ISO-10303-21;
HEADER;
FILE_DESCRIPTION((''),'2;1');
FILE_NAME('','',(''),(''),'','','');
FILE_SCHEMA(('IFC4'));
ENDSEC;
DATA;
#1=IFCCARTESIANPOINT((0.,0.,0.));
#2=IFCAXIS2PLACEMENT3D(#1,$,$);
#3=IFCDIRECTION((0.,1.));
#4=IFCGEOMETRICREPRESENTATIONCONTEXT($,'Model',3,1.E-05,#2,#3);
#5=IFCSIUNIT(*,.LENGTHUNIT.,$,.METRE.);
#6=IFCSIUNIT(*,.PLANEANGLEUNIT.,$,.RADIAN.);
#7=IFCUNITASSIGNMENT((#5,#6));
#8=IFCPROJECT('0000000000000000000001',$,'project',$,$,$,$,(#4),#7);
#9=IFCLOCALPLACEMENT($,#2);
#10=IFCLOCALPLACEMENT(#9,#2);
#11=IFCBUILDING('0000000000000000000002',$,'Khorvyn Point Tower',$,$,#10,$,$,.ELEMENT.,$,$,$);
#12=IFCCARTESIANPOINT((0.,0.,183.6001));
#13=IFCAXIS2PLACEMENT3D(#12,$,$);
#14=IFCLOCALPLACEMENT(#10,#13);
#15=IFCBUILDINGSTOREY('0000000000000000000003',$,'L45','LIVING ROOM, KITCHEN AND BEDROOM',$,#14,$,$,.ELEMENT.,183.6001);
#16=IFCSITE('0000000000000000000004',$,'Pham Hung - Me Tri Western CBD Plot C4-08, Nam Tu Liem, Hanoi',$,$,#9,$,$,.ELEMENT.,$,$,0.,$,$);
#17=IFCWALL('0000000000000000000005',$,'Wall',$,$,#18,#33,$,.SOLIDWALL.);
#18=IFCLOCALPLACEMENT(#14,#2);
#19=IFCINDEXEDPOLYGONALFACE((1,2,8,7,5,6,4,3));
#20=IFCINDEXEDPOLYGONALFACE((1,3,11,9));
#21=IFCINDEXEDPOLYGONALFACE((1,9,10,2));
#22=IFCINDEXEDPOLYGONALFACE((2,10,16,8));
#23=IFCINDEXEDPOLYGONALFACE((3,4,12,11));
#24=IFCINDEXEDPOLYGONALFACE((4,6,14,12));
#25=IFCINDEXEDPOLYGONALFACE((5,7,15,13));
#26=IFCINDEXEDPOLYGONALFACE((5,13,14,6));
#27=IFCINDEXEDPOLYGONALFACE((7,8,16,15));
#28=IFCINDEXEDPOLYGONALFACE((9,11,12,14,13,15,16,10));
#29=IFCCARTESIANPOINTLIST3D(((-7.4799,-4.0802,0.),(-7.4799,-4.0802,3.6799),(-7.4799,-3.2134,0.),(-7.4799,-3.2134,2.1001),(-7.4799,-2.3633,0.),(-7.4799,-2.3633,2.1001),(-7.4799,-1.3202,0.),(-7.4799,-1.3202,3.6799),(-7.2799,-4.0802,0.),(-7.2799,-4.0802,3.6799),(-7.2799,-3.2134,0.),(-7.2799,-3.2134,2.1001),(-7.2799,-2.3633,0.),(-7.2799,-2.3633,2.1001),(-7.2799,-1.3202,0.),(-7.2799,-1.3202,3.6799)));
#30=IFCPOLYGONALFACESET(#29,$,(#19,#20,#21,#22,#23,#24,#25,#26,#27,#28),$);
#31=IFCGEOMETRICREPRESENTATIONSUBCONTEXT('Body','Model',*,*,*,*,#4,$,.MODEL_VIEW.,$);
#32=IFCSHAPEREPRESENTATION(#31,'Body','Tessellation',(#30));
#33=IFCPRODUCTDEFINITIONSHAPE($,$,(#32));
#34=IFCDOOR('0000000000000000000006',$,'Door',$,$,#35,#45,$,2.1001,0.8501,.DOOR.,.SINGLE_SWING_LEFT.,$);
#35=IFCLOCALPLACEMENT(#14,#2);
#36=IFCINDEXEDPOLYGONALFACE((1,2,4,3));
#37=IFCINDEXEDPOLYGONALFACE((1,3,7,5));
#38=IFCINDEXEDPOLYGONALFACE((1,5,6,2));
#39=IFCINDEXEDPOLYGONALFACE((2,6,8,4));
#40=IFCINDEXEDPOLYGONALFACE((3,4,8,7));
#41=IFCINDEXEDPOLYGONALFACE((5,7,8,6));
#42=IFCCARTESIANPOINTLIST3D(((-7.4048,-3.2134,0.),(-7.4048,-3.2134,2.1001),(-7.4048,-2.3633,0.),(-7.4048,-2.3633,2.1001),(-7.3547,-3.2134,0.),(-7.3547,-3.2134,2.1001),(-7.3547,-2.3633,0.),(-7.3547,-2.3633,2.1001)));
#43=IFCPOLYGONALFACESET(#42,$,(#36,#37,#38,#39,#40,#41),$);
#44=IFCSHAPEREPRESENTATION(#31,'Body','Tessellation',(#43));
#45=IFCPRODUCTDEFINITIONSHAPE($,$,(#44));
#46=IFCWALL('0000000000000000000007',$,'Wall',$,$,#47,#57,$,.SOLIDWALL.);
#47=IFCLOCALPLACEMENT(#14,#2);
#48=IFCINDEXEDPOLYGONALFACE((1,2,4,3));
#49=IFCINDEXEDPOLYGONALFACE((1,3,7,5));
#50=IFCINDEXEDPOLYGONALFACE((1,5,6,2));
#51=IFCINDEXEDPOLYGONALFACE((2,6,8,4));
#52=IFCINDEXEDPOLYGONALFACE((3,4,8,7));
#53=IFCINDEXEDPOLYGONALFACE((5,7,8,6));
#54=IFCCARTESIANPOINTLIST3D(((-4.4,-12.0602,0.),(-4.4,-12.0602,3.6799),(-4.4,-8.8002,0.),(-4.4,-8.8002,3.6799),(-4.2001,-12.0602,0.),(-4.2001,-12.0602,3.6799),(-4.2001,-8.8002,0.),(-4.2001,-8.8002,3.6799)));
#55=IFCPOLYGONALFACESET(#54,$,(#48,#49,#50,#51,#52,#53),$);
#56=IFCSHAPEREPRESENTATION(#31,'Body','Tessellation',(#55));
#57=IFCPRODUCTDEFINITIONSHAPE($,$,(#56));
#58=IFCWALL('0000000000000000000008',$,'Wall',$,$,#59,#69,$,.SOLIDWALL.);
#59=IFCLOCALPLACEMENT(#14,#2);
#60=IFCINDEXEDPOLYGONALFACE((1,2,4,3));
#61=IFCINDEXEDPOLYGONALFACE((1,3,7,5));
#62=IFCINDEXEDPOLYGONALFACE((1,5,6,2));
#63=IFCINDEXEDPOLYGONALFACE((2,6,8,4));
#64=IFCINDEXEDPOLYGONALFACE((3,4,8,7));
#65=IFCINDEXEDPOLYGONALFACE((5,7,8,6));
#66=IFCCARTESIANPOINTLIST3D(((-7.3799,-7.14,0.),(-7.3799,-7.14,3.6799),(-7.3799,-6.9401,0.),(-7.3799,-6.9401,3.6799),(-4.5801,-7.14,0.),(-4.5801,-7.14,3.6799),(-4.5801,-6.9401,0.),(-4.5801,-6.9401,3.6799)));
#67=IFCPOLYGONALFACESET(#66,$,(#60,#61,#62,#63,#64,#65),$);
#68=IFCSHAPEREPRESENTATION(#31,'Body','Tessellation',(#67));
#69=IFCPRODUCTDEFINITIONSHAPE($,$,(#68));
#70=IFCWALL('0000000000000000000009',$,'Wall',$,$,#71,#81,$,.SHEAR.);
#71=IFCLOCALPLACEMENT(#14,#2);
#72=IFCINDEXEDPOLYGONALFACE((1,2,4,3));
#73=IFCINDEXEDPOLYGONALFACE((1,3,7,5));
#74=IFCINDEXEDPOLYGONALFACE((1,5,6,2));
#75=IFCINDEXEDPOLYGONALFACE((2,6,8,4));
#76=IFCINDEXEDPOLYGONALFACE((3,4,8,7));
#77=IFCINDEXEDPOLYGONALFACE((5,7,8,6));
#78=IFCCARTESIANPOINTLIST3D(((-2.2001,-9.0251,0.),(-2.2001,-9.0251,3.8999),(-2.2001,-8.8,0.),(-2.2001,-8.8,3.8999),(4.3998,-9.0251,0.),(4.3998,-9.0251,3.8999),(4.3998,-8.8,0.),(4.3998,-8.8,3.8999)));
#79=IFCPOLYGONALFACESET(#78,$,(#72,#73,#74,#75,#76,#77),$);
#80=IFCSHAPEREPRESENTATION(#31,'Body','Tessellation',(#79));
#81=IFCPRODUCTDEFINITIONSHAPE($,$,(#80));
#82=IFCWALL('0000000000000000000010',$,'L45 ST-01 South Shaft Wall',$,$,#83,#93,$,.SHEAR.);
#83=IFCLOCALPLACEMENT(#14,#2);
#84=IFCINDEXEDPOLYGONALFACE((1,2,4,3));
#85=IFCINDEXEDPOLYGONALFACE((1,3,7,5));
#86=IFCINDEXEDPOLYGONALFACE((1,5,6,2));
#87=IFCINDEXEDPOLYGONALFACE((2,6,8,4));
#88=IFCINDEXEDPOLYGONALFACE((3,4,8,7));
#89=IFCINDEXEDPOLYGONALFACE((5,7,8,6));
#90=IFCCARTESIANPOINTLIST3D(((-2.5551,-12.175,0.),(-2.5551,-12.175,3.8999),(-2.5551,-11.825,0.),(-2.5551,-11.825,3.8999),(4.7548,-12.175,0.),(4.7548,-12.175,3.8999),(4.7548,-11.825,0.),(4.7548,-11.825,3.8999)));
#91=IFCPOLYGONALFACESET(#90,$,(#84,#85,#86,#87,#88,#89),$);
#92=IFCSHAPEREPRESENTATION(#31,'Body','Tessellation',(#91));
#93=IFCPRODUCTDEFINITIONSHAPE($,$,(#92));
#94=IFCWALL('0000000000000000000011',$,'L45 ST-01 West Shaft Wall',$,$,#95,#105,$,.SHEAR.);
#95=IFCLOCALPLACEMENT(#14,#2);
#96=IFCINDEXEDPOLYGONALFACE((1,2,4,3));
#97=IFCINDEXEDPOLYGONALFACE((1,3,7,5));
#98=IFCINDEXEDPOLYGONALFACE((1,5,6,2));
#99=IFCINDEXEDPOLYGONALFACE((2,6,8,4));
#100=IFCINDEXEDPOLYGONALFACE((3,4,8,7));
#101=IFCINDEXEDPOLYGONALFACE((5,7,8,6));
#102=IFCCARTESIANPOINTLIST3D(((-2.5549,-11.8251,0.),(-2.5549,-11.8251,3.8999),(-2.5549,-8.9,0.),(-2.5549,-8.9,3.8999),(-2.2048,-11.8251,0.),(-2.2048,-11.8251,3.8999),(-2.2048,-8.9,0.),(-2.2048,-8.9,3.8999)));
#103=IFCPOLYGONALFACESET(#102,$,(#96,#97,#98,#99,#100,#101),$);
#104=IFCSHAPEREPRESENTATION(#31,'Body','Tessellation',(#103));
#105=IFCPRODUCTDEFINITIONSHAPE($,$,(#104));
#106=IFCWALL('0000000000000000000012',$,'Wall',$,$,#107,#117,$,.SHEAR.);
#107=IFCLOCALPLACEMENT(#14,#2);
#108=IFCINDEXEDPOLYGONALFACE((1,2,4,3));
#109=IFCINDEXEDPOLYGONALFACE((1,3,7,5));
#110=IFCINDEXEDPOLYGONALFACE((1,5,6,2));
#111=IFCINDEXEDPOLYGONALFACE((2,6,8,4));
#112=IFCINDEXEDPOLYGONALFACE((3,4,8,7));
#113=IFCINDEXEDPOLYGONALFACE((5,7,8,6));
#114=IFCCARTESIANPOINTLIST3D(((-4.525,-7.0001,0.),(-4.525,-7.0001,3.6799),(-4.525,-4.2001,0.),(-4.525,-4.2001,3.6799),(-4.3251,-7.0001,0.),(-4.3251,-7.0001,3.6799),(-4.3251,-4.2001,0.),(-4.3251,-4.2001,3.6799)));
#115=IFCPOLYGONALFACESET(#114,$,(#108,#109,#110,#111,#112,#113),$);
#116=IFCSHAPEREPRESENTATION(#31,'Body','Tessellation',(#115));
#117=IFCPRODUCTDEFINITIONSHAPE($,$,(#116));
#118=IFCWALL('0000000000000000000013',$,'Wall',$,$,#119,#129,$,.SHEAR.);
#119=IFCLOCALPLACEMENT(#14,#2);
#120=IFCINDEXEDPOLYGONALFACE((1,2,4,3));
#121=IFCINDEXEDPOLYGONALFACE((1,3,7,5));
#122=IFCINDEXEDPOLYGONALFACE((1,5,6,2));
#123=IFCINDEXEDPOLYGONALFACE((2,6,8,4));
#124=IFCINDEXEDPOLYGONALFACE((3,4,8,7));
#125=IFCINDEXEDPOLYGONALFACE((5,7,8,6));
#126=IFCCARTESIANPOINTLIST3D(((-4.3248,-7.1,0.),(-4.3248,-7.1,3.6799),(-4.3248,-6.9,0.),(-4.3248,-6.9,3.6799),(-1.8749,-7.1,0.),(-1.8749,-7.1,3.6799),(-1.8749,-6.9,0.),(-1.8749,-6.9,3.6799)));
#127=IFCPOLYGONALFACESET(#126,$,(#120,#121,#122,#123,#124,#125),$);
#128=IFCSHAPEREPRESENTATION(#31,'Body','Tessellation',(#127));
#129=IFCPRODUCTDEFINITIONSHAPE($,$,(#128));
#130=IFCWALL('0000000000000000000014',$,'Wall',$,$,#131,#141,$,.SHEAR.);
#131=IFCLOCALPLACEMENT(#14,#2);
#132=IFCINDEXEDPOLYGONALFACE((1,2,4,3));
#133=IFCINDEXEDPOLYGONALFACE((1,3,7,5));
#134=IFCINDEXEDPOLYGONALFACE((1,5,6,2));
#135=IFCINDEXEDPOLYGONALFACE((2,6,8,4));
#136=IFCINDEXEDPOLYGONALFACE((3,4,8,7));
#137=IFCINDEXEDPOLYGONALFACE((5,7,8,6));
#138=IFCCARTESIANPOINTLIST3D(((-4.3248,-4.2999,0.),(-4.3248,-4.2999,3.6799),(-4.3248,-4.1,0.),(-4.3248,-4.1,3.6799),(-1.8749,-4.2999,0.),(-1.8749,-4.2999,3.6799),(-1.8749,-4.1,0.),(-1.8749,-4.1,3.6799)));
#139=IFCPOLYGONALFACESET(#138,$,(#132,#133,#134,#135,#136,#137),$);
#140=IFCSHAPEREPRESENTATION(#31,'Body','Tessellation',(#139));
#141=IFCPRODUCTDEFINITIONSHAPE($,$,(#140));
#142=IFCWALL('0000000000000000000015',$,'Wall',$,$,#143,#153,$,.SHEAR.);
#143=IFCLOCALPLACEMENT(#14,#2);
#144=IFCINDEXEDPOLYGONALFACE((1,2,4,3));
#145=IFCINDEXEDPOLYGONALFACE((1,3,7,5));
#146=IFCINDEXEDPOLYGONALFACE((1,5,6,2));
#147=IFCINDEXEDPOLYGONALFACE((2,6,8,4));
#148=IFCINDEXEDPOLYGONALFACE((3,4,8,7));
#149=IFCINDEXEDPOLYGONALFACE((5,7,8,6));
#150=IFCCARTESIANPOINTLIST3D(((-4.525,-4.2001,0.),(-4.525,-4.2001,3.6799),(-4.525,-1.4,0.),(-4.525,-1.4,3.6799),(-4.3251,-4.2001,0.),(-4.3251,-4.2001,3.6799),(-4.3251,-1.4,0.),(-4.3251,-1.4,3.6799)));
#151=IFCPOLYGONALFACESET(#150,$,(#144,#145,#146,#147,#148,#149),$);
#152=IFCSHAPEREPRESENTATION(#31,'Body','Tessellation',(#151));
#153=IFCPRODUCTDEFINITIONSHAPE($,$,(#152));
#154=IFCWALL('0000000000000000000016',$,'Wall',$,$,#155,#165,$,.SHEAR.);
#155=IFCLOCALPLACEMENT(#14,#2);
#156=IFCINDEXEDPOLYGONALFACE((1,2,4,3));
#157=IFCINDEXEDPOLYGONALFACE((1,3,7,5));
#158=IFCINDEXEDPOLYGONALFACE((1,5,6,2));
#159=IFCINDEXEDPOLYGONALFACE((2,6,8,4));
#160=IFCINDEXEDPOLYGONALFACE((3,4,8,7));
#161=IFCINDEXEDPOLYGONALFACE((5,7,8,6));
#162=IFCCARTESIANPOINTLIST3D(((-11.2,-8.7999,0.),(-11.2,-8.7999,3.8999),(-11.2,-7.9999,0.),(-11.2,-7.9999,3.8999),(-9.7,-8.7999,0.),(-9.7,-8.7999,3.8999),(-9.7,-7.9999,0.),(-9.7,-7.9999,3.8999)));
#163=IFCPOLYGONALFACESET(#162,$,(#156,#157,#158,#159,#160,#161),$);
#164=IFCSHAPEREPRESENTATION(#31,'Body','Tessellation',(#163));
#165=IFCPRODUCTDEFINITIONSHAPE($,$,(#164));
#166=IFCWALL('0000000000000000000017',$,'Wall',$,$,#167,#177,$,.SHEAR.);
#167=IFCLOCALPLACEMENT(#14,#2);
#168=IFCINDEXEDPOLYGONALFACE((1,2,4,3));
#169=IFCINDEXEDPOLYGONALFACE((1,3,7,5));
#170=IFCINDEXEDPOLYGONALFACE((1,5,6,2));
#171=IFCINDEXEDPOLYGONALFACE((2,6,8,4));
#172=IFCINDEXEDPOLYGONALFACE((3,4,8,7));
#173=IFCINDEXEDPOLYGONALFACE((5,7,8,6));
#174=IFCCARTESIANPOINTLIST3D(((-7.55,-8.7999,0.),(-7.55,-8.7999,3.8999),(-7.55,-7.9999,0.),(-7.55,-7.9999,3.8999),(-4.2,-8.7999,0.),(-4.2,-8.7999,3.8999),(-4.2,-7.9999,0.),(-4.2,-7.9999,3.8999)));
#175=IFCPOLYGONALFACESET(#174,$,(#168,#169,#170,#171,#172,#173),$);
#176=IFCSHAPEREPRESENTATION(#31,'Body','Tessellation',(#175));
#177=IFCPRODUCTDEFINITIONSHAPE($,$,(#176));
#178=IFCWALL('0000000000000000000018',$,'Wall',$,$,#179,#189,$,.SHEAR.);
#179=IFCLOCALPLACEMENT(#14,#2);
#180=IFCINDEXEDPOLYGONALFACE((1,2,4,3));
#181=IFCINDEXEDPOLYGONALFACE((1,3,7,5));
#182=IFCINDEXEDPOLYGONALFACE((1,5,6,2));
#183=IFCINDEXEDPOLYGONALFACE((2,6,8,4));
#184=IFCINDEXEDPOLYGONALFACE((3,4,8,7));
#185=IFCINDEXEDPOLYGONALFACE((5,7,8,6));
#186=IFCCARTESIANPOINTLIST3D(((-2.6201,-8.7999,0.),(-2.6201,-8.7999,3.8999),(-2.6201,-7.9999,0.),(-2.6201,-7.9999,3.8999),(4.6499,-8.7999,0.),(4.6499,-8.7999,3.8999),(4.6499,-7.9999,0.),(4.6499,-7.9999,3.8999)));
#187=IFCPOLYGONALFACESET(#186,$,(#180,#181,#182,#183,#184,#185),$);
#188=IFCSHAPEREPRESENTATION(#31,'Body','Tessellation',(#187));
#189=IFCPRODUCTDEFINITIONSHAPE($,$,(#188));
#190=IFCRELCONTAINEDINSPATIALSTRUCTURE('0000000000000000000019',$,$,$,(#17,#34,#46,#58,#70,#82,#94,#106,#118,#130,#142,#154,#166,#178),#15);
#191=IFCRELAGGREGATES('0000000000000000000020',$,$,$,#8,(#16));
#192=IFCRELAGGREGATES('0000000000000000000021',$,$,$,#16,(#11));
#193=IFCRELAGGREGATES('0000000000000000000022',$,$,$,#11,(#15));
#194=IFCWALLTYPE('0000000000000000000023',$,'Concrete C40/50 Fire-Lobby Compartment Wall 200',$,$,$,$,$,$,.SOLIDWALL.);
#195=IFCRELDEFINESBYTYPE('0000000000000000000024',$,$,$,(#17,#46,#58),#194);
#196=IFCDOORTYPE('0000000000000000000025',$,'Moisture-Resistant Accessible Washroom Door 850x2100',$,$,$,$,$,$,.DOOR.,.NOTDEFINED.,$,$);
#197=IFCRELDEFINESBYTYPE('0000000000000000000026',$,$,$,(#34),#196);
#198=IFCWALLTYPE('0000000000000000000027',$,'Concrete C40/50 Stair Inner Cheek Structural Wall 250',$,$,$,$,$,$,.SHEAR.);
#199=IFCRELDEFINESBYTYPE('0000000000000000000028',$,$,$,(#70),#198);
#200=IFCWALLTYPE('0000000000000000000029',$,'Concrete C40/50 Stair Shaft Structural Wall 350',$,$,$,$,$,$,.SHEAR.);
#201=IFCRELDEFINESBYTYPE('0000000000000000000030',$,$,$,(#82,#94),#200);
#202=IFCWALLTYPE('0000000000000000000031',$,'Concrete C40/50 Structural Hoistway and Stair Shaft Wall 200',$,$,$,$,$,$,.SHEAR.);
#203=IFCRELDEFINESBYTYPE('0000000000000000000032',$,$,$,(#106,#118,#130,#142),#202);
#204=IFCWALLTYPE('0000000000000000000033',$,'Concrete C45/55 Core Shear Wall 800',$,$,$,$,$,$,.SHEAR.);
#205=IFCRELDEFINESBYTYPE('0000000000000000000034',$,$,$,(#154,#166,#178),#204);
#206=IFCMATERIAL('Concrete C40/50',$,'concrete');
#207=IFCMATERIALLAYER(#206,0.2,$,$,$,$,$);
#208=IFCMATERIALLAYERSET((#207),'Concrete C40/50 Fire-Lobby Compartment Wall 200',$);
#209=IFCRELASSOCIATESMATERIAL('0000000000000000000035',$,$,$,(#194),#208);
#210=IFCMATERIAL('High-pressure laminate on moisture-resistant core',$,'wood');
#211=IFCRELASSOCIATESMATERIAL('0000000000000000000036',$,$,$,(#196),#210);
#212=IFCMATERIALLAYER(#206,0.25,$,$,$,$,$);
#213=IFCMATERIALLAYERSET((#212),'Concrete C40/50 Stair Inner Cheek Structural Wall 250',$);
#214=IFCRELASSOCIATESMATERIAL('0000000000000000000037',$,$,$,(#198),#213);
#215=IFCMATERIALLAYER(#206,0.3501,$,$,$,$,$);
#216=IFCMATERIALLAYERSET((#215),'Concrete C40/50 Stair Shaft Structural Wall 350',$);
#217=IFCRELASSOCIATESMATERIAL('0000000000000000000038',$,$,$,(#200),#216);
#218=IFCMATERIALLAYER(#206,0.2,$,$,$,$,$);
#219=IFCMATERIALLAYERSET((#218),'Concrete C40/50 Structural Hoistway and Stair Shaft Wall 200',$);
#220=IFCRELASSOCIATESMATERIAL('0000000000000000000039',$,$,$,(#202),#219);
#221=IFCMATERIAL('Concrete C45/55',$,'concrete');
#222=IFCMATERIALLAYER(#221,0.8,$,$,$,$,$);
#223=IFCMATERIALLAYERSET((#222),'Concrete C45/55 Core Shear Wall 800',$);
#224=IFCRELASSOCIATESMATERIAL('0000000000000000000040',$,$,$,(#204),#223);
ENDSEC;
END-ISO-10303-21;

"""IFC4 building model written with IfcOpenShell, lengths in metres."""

from ifc_helpers import new_model, si_unit, direction, frame, frame_2d, origin, place, context, subcontext, project, spatial, rectangle, extrude, material, layer, layer_set, type_object, element, fill, save


model = new_model("IFC4")

# Units and contexts
model_context = context("Model", 3, precision=1e-05, world=origin(), true_north=direction((0.0, 1.0)))
body_context = subcontext(model_context, "Body", "Model", "MODEL_VIEW")
ifc_project = project(units=[si_unit("LENGTHUNIT", "METRE"), si_unit("PLANEANGLEUNIT", "RADIAN")], contexts=[model_context])

# Site, building, storey
site_placement = place(None, origin())
site = spatial("IfcSite", under=ifc_project, at=site_placement, Name="Pham Hung - Me Tri Western CBD Plot C4-08, Nam Tu Liem, Hanoi", CompositionType="ELEMENT", RefElevation=0.0)
building_placement = place(site_placement, origin())
building = spatial("IfcBuilding", under=site, at=building_placement, Name="Khorvyn Point Tower", CompositionType="ELEMENT")
storey_placement = place(building_placement, frame((0.0, 0.0, 183.6001)))
storey = spatial("IfcBuildingStorey", under=building, at=storey_placement, Name="L45", Description="LIVING ROOM, KITCHEN AND BEDROOM", CompositionType="ELEMENT", Elevation=183.6001)

# Shared definitions
ifc_material_1 = material(Name="Concrete C40/50", Category="concrete")
ifc_material_2 = material(Name="Concrete C45/55", Category="concrete")

# Wall, opening, door
ifc_layer_1 = layer(ifc_material_1, 0.2)
ifc_layer_set_1 = layer_set([ifc_layer_1], Name="Concrete C40/50 Fire-Lobby Compartment Wall 200")
wall_type_1 = type_object("IfcWallType", Name="Concrete C40/50 Fire-Lobby Compartment Wall 200", PredefinedType="SOLIDWALL", material=ifc_layer_set_1)
wall_1_placement = place(storey_placement, frame((-7.3799, -4.0801, 0.0), z_axis=(0.0, 0.0, 1.0), x_axis=(0.0, 1.0, 0.0)))
wall_1 = element("IfcWall", 1, at=wall_1_placement, inside=storey, type_object=wall_type_1, Name="Wall", PredefinedType="SOLIDWALL", context=body_context, shape_type="SweptSolid", body=[
    extrude(rectangle(XDim=2.76, YDim=0.2, at=frame_2d((1.3799, 0.0))), origin(), (0.0, 0.0, 1.0), 3.6799),
])
opening_1_placement = place(wall_1_placement, frame((0.8667, 0.0, 0.0)))
opening_1 = element("IfcOpeningElement", 2, at=opening_1_placement, cuts=wall_1, PredefinedType="OPENING", context=body_context, shape_type="SweptSolid", body=[
    extrude(rectangle(XDim=0.8501, YDim=2.1001, at=frame_2d((0.425, 1.05))), frame((0.0, 0.1099, 0.0), z_axis=(0.0, -1.0, 0.0), x_axis=(1.0, 0.0, 0.0)), (0.0, 0.0, 1.0), 0.22),
])
ifc_material_3 = material(Name="High-pressure laminate on moisture-resistant core", Category="wood")
door_type_1 = type_object("IfcDoorType", Name="Moisture-Resistant Accessible Washroom Door 850x2100", OperationType="NOTDEFINED", PredefinedType="DOOR", material=ifc_material_3)
door_1_placement = place(opening_1_placement, origin())
door_1 = element("IfcDoor", 3, at=door_1_placement, inside=storey, type_object=door_type_1, Name="Door", OperationType="SINGLE_SWING_LEFT", OverallHeight=2.1001, OverallWidth=0.8501, PredefinedType="DOOR", context=body_context, shape_type="SweptSolid", body=[
    extrude(rectangle(XDim=0.8501, YDim=2.1001, at=frame_2d((0.425, 1.05))), frame((0.0, 0.0249, 0.0), z_axis=(0.0, -1.0, 0.0), x_axis=(1.0, 0.0, 0.0)), (0.0, 0.0, 1.0), 0.05),
])
fill(opening_1, door_1)

# Walls
wall_2_placement = place(storey_placement, frame((-4.3, -12.0601, 0.0), z_axis=(0.0, 0.0, 1.0), x_axis=(0.0, 1.0, 0.0)))
element("IfcWall", 4, at=wall_2_placement, inside=storey, type_object=wall_type_1, Name="Wall", PredefinedType="SOLIDWALL", context=body_context, shape_type="SweptSolid", body=[
    extrude(rectangle(XDim=3.26, YDim=0.2, at=frame_2d((1.6299, 0.0))), origin(), (0.0, 0.0, 1.0), 3.6799),
])
wall_3_placement = place(storey_placement, frame((-7.3799, -7.04, 0.0), z_axis=(0.0, 0.0, 1.0), x_axis=(1.0, 0.0, 0.0)))
element("IfcWall", 5, at=wall_3_placement, inside=storey, type_object=wall_type_1, Name="Wall", PredefinedType="SOLIDWALL", context=body_context, shape_type="SweptSolid", body=[
    extrude(rectangle(XDim=2.7998, YDim=0.2, at=frame_2d((1.3999, 0.0))), origin(), (0.0, 0.0, 1.0), 3.6799),
])
ifc_layer_2 = layer(ifc_material_1, 0.25)
ifc_layer_set_2 = layer_set([ifc_layer_2], Name="Concrete C40/50 Stair Inner Cheek Structural Wall 250")
wall_type_2 = type_object("IfcWallType", Name="Concrete C40/50 Stair Inner Cheek Structural Wall 250", PredefinedType="SHEAR", material=ifc_layer_set_2)
wall_4_placement = place(storey_placement, frame((-2.2, -8.9126, 0.0), z_axis=(0.0, 0.0, 1.0), x_axis=(1.0, 0.0, 0.0)))
element("IfcWall", 6, at=wall_4_placement, inside=storey, type_object=wall_type_2, Name="Wall", PredefinedType="SHEAR", context=body_context, shape_type="SweptSolid", body=[
    extrude(rectangle(XDim=6.5999, YDim=0.2251, at=frame_2d((3.2998, 0.0))), origin(), (0.0, 0.0, 1.0), 3.8999),
])
ifc_layer_3 = layer(ifc_material_1, 0.3501)
ifc_layer_set_3 = layer_set([ifc_layer_3], Name="Concrete C40/50 Stair Shaft Structural Wall 350")
wall_type_3 = type_object("IfcWallType", Name="Concrete C40/50 Stair Shaft Structural Wall 350", PredefinedType="SHEAR", material=ifc_layer_set_3)
wall_5_placement = place(storey_placement, frame((-2.5549, -12.0, 0.0), z_axis=(0.0, 0.0, 1.0), x_axis=(1.0, 0.0, 0.0)))
element("IfcWall", 7, at=wall_5_placement, inside=storey, type_object=wall_type_3, Name="L45 ST-01 South Shaft Wall", PredefinedType="SHEAR", context=body_context, shape_type="SweptSolid", body=[
    extrude(rectangle(XDim=7.3098, YDim=0.3501, at=frame_2d((3.6548, 0.0))), origin(), (0.0, 0.0, 1.0), 3.8999),
])
wall_6_placement = place(storey_placement, frame((-2.3799, -11.825, 0.0), z_axis=(0.0, 0.0, 1.0), x_axis=(0.0, 1.0, 0.0)))
element("IfcWall", 8, at=wall_6_placement, inside=storey, type_object=wall_type_3, Name="L45 ST-01 West Shaft Wall", PredefinedType="SHEAR", context=body_context, shape_type="SweptSolid", body=[
    extrude(rectangle(XDim=2.925, YDim=0.3501, at=frame_2d((1.4624, 0.0))), origin(), (0.0, 0.0, 1.0), 3.8999),
])
ifc_layer_4 = layer(ifc_material_1, 0.2)
ifc_layer_set_4 = layer_set([ifc_layer_4], Name="Concrete C40/50 Structural Hoistway and Stair Shaft Wall 200")
wall_type_4 = type_object("IfcWallType", Name="Concrete C40/50 Structural Hoistway and Stair Shaft Wall 200", PredefinedType="SHEAR", material=ifc_layer_set_4)
wall_7_placement = place(storey_placement, frame((-4.425, -7.0, 0.0), z_axis=(0.0, 0.0, 1.0), x_axis=(0.0, 1.0, 0.0)))
element("IfcWall", 9, at=wall_7_placement, inside=storey, type_object=wall_type_4, Name="Wall", PredefinedType="SHEAR", context=body_context, shape_type="SweptSolid", body=[
    extrude(rectangle(XDim=2.8, YDim=0.2, at=frame_2d((1.3999, 0.0))), origin(), (0.0, 0.0, 1.0), 3.6799),
])
for number, where, z_axis, x_axis, name in (
    (10, (-4.325, -7.0, 0.0), (0.0, 0.0, 1.0), (1.0, 0.0, 0.0), "Wall"),
    (11, (-4.325, -4.2, 0.0), (0.0, 0.0, 1.0), (1.0, 0.0, 0.0), "Wall"),
):
    element("IfcWall", number, at=place(storey_placement, frame(where, z_axis=z_axis, x_axis=x_axis)), inside=storey, type_object=wall_type_4, Name=name, PredefinedType="SHEAR", context=body_context, shape_type="SweptSolid", body=[
        extrude(rectangle(XDim=2.45, YDim=0.2, at=frame_2d((1.2251, 0.0))), origin(), (0.0, 0.0, 1.0), 3.6799),
    ])
wall_8_placement = place(storey_placement, frame((-4.425, -4.2, 0.0), z_axis=(0.0, 0.0, 1.0), x_axis=(0.0, 1.0, 0.0)))
element("IfcWall", 12, at=wall_8_placement, inside=storey, type_object=wall_type_4, Name="Wall", PredefinedType="SHEAR", context=body_context, shape_type="SweptSolid", body=[
    extrude(rectangle(XDim=2.8, YDim=0.2, at=frame_2d((1.3999, 0.0))), origin(), (0.0, 0.0, 1.0), 3.6799),
])
ifc_layer_5 = layer(ifc_material_2, 0.8)
ifc_layer_set_5 = layer_set([ifc_layer_5], Name="Concrete C45/55 Core Shear Wall 800")
wall_type_5 = type_object("IfcWallType", Name="Concrete C45/55 Core Shear Wall 800", PredefinedType="SHEAR", material=ifc_layer_set_5)
wall_9_placement = place(storey_placement, frame((-11.2, -8.3999, 0.0), z_axis=(0.0, 0.0, 1.0), x_axis=(1.0, 0.0, 0.0)))
element("IfcWall", 13, at=wall_9_placement, inside=storey, type_object=wall_type_5, Name="Wall", PredefinedType="SHEAR", context=body_context, shape_type="SweptSolid", body=[
    extrude(rectangle(XDim=1.5, YDim=0.8, at=frame_2d((0.75, 0.0))), origin(), (0.0, 0.0, 1.0), 3.8999),
])
wall_10_placement = place(storey_placement, frame((-7.55, -8.3999, 0.0), z_axis=(0.0, 0.0, 1.0), x_axis=(1.0, 0.0, 0.0)))
element("IfcWall", 14, at=wall_10_placement, inside=storey, type_object=wall_type_5, Name="Wall", PredefinedType="SHEAR", context=body_context, shape_type="SweptSolid", body=[
    extrude(rectangle(XDim=3.3501, YDim=0.8, at=frame_2d((1.675, 0.0))), origin(), (0.0, 0.0, 1.0), 3.8999),
])
wall_11_placement = place(storey_placement, frame((-2.6201, -8.3999, 0.0), z_axis=(0.0, 0.0, 1.0), x_axis=(1.0, 0.0, 0.0)))
element("IfcWall", 15, at=wall_11_placement, inside=storey, type_object=wall_type_5, Name="Wall", PredefinedType="SHEAR", context=body_context, shape_type="SweptSolid", body=[
    extrude(rectangle(XDim=7.27, YDim=0.8, at=frame_2d((3.635, 0.0))), origin(), (0.0, 0.0, 1.0), 3.8999),
])

save(model, "model.ifc")
